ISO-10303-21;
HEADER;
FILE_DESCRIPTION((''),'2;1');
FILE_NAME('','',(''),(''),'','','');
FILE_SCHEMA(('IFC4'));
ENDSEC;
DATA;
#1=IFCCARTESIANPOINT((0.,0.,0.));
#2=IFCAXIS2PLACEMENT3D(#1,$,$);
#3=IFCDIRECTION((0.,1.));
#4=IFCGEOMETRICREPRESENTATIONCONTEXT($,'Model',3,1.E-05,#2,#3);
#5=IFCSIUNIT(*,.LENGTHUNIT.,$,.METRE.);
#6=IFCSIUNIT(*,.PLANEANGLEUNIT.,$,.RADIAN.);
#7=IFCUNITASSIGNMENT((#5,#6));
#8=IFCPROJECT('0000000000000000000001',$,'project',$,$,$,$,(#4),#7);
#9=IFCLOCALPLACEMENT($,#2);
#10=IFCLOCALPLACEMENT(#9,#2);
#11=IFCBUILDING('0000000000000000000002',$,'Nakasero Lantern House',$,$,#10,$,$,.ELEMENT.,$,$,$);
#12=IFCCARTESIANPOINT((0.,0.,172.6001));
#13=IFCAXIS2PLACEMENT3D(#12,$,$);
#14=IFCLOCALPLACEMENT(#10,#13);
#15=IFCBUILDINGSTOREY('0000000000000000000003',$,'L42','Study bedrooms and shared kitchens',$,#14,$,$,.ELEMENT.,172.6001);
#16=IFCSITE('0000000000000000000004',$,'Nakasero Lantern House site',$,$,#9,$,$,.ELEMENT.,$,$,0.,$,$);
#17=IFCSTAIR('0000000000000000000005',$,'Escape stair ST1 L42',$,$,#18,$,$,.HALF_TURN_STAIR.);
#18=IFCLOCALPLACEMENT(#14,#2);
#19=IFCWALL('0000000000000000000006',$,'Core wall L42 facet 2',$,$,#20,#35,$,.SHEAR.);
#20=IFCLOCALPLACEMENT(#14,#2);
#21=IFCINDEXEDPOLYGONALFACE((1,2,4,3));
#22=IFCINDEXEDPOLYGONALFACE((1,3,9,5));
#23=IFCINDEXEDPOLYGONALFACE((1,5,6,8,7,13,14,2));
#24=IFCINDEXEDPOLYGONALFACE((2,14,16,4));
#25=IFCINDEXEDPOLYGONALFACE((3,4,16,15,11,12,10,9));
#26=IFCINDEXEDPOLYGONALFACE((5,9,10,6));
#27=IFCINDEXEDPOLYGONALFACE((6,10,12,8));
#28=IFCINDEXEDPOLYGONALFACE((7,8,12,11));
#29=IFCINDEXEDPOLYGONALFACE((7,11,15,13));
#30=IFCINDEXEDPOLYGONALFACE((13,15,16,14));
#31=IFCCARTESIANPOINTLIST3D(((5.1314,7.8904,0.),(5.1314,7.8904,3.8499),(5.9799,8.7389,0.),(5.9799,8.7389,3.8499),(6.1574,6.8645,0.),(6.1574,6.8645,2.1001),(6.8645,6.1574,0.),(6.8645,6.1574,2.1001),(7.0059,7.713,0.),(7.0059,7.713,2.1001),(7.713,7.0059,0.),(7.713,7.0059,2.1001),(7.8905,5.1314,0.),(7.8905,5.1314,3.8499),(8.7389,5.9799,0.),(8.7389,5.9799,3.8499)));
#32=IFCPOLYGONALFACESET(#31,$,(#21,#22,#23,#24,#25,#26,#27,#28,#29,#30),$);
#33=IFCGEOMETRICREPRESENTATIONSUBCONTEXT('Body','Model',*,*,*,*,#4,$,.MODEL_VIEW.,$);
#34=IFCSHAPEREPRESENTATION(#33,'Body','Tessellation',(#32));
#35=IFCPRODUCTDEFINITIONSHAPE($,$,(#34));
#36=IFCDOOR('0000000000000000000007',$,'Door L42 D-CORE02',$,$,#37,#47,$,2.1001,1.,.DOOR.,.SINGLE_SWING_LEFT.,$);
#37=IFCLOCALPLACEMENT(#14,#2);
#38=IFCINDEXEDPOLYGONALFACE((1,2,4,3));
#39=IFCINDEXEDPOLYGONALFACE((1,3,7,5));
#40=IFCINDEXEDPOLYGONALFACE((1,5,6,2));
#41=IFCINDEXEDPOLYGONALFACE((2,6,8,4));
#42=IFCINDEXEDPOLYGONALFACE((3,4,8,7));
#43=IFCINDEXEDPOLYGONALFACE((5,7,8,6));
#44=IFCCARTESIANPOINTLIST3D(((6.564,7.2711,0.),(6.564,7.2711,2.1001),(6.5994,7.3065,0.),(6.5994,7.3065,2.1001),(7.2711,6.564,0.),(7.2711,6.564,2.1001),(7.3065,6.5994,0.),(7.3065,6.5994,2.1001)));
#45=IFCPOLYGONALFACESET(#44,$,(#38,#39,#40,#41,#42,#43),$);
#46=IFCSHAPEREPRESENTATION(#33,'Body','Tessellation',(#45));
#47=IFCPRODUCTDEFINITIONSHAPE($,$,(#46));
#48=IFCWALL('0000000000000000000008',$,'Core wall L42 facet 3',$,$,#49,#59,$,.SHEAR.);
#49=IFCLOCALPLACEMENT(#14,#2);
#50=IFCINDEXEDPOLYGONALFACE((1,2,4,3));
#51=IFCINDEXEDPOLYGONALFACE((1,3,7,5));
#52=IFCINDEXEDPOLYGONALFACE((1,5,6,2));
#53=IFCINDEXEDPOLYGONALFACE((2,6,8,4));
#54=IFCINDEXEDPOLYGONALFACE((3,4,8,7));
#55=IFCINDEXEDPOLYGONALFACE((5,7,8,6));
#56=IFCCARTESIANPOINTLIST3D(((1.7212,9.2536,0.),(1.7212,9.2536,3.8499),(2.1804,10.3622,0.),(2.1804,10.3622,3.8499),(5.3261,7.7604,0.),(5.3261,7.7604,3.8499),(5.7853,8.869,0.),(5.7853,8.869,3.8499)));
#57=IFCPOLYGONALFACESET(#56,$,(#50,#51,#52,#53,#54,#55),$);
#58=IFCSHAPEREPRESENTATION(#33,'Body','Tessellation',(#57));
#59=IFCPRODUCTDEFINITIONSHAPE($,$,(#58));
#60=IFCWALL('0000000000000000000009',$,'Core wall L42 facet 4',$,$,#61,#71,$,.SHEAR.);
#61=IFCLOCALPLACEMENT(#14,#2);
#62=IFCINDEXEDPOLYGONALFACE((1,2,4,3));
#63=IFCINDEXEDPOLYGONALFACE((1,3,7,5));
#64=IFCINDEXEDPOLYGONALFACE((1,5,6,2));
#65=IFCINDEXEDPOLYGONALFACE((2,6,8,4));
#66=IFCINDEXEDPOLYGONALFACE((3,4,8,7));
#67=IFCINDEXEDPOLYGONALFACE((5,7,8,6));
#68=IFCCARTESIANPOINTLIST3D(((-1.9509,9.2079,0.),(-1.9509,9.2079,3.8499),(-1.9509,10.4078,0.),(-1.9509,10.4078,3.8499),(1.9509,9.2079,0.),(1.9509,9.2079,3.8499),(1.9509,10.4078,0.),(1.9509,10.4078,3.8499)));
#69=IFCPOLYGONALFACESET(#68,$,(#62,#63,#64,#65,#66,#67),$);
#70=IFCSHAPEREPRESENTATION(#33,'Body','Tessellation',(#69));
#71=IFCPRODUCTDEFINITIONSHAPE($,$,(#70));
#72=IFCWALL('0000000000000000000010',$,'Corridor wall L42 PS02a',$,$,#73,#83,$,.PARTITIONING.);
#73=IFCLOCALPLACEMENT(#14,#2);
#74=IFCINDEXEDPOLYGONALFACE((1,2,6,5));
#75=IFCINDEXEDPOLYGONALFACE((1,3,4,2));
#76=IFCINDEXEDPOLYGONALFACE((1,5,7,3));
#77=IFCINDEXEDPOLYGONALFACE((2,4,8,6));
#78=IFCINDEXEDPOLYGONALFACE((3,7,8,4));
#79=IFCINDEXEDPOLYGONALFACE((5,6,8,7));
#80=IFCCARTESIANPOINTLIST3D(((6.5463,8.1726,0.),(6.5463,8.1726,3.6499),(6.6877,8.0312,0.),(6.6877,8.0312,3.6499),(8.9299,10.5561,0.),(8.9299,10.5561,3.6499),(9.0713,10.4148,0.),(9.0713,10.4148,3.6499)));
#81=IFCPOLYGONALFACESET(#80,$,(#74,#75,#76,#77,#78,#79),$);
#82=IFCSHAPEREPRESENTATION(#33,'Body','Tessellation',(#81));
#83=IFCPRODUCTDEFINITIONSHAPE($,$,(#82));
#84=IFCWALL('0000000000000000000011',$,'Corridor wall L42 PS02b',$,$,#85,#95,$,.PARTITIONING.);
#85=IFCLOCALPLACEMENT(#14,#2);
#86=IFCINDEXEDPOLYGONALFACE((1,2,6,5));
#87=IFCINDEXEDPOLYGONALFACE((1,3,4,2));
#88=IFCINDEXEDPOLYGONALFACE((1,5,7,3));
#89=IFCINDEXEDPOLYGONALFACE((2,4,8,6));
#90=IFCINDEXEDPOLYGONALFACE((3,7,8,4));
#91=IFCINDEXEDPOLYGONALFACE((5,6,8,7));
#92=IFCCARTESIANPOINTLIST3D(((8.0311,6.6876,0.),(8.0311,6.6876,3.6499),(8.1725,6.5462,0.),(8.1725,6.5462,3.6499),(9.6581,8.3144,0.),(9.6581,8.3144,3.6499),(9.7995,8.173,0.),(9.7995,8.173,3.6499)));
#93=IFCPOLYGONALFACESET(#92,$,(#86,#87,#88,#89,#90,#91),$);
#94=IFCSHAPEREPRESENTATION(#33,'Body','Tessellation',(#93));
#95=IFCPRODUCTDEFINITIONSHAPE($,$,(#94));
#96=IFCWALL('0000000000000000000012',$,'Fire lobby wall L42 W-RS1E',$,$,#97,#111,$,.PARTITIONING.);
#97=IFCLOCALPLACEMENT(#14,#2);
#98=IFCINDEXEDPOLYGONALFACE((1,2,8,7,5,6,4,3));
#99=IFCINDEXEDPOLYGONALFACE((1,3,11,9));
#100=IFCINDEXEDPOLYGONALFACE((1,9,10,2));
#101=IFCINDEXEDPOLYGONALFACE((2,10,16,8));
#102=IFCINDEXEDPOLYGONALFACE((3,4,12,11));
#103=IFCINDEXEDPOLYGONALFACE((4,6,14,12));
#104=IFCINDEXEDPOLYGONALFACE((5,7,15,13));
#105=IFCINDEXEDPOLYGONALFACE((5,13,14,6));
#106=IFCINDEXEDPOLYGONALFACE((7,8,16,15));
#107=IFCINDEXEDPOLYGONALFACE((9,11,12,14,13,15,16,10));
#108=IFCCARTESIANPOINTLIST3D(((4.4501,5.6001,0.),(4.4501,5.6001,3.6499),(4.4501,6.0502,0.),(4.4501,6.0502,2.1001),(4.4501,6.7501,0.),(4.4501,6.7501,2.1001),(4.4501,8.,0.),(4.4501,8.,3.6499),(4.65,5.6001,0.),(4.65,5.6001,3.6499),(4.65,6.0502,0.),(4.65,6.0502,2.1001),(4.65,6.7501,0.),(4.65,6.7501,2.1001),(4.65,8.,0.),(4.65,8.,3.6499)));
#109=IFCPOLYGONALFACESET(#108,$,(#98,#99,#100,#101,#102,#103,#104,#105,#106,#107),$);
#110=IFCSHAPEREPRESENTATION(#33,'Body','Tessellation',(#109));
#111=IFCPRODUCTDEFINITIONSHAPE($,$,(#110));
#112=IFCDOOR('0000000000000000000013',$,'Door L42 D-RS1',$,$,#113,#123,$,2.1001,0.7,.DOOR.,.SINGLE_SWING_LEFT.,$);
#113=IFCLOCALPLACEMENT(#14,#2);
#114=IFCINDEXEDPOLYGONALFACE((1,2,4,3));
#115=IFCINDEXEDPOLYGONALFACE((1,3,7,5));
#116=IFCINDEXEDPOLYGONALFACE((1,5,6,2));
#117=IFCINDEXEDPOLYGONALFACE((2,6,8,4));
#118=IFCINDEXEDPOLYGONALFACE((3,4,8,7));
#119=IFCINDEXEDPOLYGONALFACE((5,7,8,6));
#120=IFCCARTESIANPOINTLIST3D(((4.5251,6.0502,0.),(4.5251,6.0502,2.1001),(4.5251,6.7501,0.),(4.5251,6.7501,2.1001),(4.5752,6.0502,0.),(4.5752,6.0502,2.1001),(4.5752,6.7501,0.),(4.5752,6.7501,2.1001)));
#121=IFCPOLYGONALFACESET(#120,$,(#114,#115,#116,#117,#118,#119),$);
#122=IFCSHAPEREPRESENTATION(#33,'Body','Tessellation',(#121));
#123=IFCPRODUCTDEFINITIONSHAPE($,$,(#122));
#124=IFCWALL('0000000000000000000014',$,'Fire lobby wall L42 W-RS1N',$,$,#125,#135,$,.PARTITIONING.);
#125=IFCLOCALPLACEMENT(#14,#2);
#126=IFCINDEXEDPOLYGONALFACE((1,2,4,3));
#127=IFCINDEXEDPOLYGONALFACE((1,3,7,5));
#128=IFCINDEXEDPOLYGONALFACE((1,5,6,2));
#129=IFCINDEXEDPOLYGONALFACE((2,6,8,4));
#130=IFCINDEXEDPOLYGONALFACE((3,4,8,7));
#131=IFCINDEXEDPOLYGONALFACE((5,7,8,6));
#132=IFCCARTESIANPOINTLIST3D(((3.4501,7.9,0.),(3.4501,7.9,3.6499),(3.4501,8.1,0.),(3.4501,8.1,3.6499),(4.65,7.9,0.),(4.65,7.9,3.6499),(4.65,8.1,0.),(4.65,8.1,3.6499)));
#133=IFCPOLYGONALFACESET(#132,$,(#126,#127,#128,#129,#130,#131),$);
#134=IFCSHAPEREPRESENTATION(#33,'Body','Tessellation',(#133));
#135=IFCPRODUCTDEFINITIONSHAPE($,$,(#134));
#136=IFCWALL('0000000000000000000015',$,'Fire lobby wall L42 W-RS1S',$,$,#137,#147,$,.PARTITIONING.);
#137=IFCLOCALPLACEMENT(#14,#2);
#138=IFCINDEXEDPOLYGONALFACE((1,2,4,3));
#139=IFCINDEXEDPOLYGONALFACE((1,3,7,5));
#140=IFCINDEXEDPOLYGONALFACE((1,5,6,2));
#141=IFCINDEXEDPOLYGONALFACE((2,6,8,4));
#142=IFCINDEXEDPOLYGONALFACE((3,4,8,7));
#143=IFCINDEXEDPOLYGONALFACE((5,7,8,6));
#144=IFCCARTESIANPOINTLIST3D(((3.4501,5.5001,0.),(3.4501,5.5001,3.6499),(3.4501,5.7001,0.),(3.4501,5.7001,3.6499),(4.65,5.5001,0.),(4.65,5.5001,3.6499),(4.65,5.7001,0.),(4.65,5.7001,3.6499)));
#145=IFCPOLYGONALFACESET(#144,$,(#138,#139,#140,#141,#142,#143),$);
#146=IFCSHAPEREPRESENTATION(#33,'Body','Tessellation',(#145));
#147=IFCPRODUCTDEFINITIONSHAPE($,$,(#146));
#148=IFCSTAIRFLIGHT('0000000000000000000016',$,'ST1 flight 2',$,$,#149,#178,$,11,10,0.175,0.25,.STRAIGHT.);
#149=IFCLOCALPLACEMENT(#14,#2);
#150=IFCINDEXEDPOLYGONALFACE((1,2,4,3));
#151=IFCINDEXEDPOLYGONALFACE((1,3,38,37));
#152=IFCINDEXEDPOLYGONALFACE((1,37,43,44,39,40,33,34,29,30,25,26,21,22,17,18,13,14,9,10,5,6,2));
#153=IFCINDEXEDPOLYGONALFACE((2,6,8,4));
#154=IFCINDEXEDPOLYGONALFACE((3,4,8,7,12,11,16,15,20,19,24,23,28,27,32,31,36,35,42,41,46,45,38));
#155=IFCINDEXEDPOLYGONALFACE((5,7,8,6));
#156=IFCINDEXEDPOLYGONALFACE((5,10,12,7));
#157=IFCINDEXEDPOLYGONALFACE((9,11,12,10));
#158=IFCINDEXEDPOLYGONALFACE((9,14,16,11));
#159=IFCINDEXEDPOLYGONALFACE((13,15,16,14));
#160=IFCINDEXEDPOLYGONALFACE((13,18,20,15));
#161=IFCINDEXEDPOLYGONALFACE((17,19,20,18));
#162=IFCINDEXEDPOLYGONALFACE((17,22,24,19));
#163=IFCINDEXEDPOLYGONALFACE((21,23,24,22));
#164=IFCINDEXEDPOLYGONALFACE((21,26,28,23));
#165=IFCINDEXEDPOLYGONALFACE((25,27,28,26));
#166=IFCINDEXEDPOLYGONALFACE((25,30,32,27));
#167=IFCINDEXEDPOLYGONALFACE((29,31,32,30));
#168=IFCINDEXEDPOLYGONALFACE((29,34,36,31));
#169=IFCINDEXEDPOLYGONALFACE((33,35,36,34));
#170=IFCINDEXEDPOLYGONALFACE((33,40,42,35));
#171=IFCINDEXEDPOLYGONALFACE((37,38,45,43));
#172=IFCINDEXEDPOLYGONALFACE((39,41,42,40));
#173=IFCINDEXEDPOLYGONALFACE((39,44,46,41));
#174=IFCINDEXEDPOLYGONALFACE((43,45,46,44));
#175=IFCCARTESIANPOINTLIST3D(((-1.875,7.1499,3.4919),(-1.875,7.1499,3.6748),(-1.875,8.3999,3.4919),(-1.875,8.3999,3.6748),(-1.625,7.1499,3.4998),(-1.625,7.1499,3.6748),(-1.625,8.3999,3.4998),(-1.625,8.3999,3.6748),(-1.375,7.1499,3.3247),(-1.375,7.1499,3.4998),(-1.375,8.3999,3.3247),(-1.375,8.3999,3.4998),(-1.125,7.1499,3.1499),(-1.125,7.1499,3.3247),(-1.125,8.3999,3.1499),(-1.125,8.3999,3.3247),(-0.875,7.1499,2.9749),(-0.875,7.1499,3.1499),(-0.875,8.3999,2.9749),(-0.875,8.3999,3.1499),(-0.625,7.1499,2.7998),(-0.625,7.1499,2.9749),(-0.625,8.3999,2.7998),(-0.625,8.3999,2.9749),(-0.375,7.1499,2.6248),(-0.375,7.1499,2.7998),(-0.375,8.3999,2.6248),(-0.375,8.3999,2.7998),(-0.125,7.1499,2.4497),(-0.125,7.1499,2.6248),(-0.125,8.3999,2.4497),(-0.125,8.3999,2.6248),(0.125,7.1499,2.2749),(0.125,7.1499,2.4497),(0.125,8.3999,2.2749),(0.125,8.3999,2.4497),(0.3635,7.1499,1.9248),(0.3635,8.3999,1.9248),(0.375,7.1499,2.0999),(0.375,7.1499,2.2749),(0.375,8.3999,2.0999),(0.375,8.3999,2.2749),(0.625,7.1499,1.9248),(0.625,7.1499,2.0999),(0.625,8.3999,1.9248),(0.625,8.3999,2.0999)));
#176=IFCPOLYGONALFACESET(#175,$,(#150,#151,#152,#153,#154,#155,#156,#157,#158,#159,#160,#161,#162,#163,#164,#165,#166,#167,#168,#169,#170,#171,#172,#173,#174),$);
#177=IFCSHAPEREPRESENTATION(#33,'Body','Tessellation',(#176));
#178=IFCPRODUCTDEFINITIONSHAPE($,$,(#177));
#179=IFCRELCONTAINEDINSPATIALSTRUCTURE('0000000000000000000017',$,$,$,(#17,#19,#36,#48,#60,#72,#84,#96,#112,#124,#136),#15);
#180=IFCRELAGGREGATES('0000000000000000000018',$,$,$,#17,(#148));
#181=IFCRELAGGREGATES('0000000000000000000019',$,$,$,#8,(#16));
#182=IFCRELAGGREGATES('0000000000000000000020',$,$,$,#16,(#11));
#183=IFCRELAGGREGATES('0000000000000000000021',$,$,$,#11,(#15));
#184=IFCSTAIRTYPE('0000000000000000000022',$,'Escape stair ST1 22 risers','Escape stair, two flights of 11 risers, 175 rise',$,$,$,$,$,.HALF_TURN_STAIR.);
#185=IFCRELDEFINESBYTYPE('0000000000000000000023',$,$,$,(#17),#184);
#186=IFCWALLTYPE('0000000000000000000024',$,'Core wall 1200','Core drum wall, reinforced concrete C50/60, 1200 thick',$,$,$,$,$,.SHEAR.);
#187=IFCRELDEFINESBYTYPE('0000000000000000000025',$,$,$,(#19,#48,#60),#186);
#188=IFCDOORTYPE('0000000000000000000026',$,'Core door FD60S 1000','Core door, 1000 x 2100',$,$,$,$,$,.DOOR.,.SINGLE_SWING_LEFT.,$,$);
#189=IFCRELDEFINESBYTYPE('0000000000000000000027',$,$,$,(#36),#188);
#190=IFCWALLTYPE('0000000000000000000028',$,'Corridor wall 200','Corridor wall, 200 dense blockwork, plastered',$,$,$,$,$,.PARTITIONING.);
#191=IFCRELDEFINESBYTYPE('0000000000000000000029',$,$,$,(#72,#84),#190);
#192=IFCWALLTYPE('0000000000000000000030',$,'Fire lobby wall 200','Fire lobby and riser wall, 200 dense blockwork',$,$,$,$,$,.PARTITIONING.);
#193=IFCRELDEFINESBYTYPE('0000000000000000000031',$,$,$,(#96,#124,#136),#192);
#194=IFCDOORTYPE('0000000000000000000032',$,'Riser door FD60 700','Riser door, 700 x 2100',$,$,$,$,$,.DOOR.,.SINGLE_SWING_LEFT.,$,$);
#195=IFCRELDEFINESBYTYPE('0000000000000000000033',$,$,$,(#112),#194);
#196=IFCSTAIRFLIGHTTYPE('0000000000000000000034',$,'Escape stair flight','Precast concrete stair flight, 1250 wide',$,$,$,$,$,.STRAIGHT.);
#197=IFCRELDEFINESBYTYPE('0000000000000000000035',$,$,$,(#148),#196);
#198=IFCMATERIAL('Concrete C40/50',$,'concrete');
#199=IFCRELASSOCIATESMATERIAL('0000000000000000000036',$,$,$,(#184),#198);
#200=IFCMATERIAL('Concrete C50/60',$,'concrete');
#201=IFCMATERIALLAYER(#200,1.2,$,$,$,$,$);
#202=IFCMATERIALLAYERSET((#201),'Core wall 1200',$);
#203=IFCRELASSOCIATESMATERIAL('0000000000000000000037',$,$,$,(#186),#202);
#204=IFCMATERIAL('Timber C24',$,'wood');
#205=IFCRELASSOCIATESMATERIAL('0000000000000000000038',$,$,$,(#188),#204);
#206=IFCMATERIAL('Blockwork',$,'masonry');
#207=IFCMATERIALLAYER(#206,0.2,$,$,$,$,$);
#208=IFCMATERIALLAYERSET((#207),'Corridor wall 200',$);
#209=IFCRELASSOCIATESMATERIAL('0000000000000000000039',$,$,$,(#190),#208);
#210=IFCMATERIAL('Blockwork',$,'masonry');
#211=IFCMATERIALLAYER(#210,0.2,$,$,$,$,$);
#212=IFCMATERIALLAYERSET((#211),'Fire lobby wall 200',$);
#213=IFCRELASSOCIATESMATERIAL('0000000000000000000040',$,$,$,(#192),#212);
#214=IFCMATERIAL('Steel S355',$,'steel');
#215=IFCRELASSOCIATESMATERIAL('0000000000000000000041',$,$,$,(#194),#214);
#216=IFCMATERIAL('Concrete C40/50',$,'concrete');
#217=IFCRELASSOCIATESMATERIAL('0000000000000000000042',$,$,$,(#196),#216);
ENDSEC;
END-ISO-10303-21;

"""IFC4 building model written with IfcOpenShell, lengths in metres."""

from ifc_helpers import new_model, si_unit, direction, frame, frame_2d, origin, place, context, subcontext, project, spatial, polyline, rectangle, outline, extrude, material, layer, layer_set, type_object, element, fill, aggregate, save


model = new_model("IFC4")

# Units and contexts
model_context = context("Model", 3, precision=1e-05, world=origin(), true_north=direction((0.0, 1.0)))
body_context = subcontext(model_context, "Body", "Model", "MODEL_VIEW")
ifc_project = project(units=[si_unit("LENGTHUNIT", "METRE"), si_unit("PLANEANGLEUNIT", "RADIAN")], contexts=[model_context])

# Site, building, storey
site_placement = place(None, origin())
site = spatial("IfcSite", under=ifc_project, at=site_placement, Name="Nakasero Lantern House site", CompositionType="ELEMENT", RefElevation=0.0)
building_placement = place(site_placement, origin())
building = spatial("IfcBuilding", under=site, at=building_placement, Name="Nakasero Lantern House", CompositionType="ELEMENT")
storey_placement = place(building_placement, frame((0.0, 0.0, 172.6001)))
storey = spatial("IfcBuildingStorey", under=building, at=storey_placement, Name="L42", Description="Study bedrooms and shared kitchens", CompositionType="ELEMENT", Elevation=172.6001)

# Stair
ifc_material_1 = material(Name="Concrete C40/50", Category="concrete")
stair_type_1 = type_object("IfcStairType", Name="Escape stair ST1 22 risers", Description="Escape stair, two flights of 11 risers, 175 rise", PredefinedType="HALF_TURN_STAIR", material=ifc_material_1)
stair_1_placement = place(storey_placement, origin())
stair_1 = element("IfcStair", 1, at=stair_1_placement, inside=storey, type_object=stair_type_1, Name="Escape stair ST1 L42", PredefinedType="HALF_TURN_STAIR")

# Wall, opening, door
ifc_material_2 = material(Name="Concrete C50/60", Category="concrete")
ifc_layer_1 = layer(ifc_material_2, 1.2)
ifc_layer_set_1 = layer_set([ifc_layer_1], Name="Core wall 1200")
wall_type_1 = type_object("IfcWallType", Name="Core wall 1200", Description="Core drum wall, reinforced concrete C50/60, 1200 thick", PredefinedType="SHEAR", material=ifc_layer_set_1)
wall_1_placement = place(storey_placement, frame((8.3147, 5.5557, 0.0), z_axis=(0.0, 0.0, 1.0), x_axis=(-0.707107, 0.707107, 0.0)))
wall_1 = element("IfcWall", 2, at=wall_1_placement, inside=storey, type_object=wall_type_1, Name="Core wall L42 facet 2", PredefinedType="SHEAR", context=body_context, shape_type="SweptSolid", body=[
    extrude(rectangle(XDim=3.9019, YDim=1.2, at=frame_2d((1.9509, 0.0))), origin(), (0.0, 0.0, 1.0), 3.8499),
])
opening_1_placement = place(wall_1_placement, frame((1.4509, 0.0, 0.0)))
opening_1 = element("IfcOpeningElement", 3, at=opening_1_placement, cuts=wall_1, PredefinedType="OPENING", context=body_context, shape_type="SweptSolid", body=[
    extrude(rectangle(XDim=1.0, YDim=2.1001, at=frame_2d((0.5, 1.05))), frame((0.0, 0.6199, 0.0), z_axis=(0.0, -1.0, 0.0), x_axis=(1.0, 0.0, 0.0)), (0.0, 0.0, 1.0), 1.24),
])
ifc_material_3 = material(Name="Timber C24", Category="wood")
door_type_1 = type_object("IfcDoorType", Name="Core door FD60S 1000", Description="Core door, 1000 x 2100", OperationType="SINGLE_SWING_LEFT", PredefinedType="DOOR", material=ifc_material_3)
door_1_placement = place(opening_1_placement, origin())
door_1 = element("IfcDoor", 4, at=door_1_placement, inside=storey, type_object=door_type_1, Name="Door L42 D-CORE02", OperationType="SINGLE_SWING_LEFT", OverallHeight=2.1001, OverallWidth=1.0, PredefinedType="DOOR", context=body_context, shape_type="SweptSolid", body=[
    extrude(rectangle(XDim=1.0, YDim=2.1001, at=frame_2d((0.5, 1.05))), frame((0.0, 0.0249, 0.0), z_axis=(0.0, -1.0, 0.0), x_axis=(1.0, 0.0, 0.0)), (0.0, 0.0, 1.0), 0.05),
])
fill(opening_1, door_1)

# Walls
for number, where, z_axis, x_axis, name in (
    (5, (5.5557, 8.3147, 0.0), (0.0, 0.0, 1.0), (-0.923877, 0.382691, 0.0), "Core wall L42 facet 3"),
    (6, (1.9509, 9.8079, 0.0), (0.0, 0.0, 1.0), (-1.0, 0.0, 0.0), "Core wall L42 facet 4"),
):
    element("IfcWall", number, at=place(storey_placement, frame(where, z_axis=z_axis, x_axis=x_axis)), inside=storey, type_object=wall_type_1, Name=name, PredefinedType="SHEAR", context=body_context, shape_type="SweptSolid", body=[
        extrude(rectangle(XDim=3.9019, YDim=1.2, at=frame_2d((1.9509, 0.0))), origin(), (0.0, 0.0, 1.0), 3.8499),
    ])
ifc_material_4 = material(Name="Blockwork", Category="masonry")
ifc_layer_2 = layer(ifc_material_4, 0.2)
ifc_layer_set_2 = layer_set([ifc_layer_2], Name="Corridor wall 200")
wall_type_2 = type_object("IfcWallType", Name="Corridor wall 200", Description="Corridor wall, 200 dense blockwork, plastered", PredefinedType="PARTITIONING", material=ifc_layer_set_2)
wall_2_placement = place(storey_placement, frame((6.6169, 8.1018, 0.0), z_axis=(0.0, 0.0, 1.0), x_axis=(0.707107, 0.707107, 0.0)))
element("IfcWall", 7, at=wall_2_placement, inside=storey, type_object=wall_type_2, Name="Corridor wall L42 PS02a", PredefinedType="PARTITIONING", context=body_context, shape_type="SweptSolid", body=[
    extrude(rectangle(XDim=3.3708, YDim=0.2, at=frame_2d((1.6855, 0.0))), origin(), (0.0, 0.0, 1.0), 3.6499),
])
wall_3_placement = place(storey_placement, frame((8.1018, 6.6169, 0.0), z_axis=(0.0, 0.0, 1.0), x_axis=(0.70716, 0.707054, 0.0)))
element("IfcWall", 8, at=wall_3_placement, inside=storey, type_object=wall_type_2, Name="Corridor wall L42 PS02b", PredefinedType="PARTITIONING", context=body_context, shape_type="SweptSolid", body=[
    extrude(rectangle(XDim=2.3008, YDim=0.2, at=frame_2d((1.1504, 0.0))), origin(), (0.0, 0.0, 1.0), 3.6499),
])

# Wall, opening, door
ifc_material_5 = material(Name="Blockwork", Category="masonry")
ifc_layer_3 = layer(ifc_material_5, 0.2)
ifc_layer_set_3 = layer_set([ifc_layer_3], Name="Fire lobby wall 200")
wall_type_3 = type_object("IfcWallType", Name="Fire lobby wall 200", Description="Fire lobby and riser wall, 200 dense blockwork", PredefinedType="PARTITIONING", material=ifc_layer_set_3)
wall_4_placement = place(storey_placement, frame((4.55, 5.6001, 0.0), z_axis=(0.0, 0.0, 1.0), x_axis=(0.0, 1.0, 0.0)))
wall_4 = element("IfcWall", 9, at=wall_4_placement, inside=storey, type_object=wall_type_3, Name="Fire lobby wall L42 W-RS1E", PredefinedType="PARTITIONING", context=body_context, shape_type="SweptSolid", body=[
    extrude(rectangle(XDim=2.3999, YDim=0.2, at=frame_2d((1.2, 0.0))), origin(), (0.0, 0.0, 1.0), 3.6499),
])
opening_2_placement = place(wall_4_placement, frame((0.45, 0.0, 0.0)))
opening_2 = element("IfcOpeningElement", 10, at=opening_2_placement, cuts=wall_4, PredefinedType="OPENING", context=body_context, shape_type="SweptSolid", body=[
    extrude(rectangle(XDim=0.7, YDim=2.1001, at=frame_2d((0.3501, 1.05))), frame((0.0, 0.1199, 0.0), z_axis=(0.0, -1.0, 0.0), x_axis=(1.0, 0.0, 0.0)), (0.0, 0.0, 1.0), 0.24),
])
ifc_material_6 = material(Name="Steel S355", Category="steel")
door_type_2 = type_object("IfcDoorType", Name="Riser door FD60 700", Description="Riser door, 700 x 2100", OperationType="SINGLE_SWING_LEFT", PredefinedType="DOOR", material=ifc_material_6)
door_2_placement = place(opening_2_placement, origin())
door_2 = element("IfcDoor", 11, at=door_2_placement, inside=storey, type_object=door_type_2, Name="Door L42 D-RS1", OperationType="SINGLE_SWING_LEFT", OverallHeight=2.1001, OverallWidth=0.7, PredefinedType="DOOR", context=body_context, shape_type="SweptSolid", body=[
    extrude(rectangle(XDim=0.7, YDim=2.1001, at=frame_2d((0.3501, 1.05))), frame((0.0, 0.0249, 0.0), z_axis=(0.0, -1.0, 0.0), x_axis=(1.0, 0.0, 0.0)), (0.0, 0.0, 1.0), 0.05),
])
fill(opening_2, door_2)

# Walls
for number, where, z_axis, x_axis, name in (
    (12, (3.45, 8.0, 0.0), (0.0, 0.0, 1.0), (1.0, 0.0, 0.0), "Fire lobby wall L42 W-RS1N"),
    (13, (3.45, 5.6001, 0.0), (0.0, 0.0, 1.0), (1.0, 0.0, 0.0), "Fire lobby wall L42 W-RS1S"),
):
    element("IfcWall", number, at=place(storey_placement, frame(where, z_axis=z_axis, x_axis=x_axis)), inside=storey, type_object=wall_type_3, Name=name, PredefinedType="PARTITIONING", context=body_context, shape_type="SweptSolid", body=[
        extrude(rectangle(XDim=1.2, YDim=0.2, at=frame_2d((0.6001, 0.0))), origin(), (0.0, 0.0, 1.0), 3.6499),
    ])

# Stair flight
ifc_material_7 = material(Name="Concrete C40/50", Category="concrete")
stair_flight_type = type_object("IfcStairFlightType", Name="Escape stair flight", Description="Precast concrete stair flight, 1250 wide", PredefinedType="STRAIGHT", material=ifc_material_7)
stair_flight_placement = place(storey_placement, frame((0.625, 7.7749, 1.9248), z_axis=(0.0, 0.0, 1.0), x_axis=(-1.0, 0.0, 0.0)))
stair_flight = element("IfcStairFlight", 14, at=stair_flight_placement, type_object=stair_flight_type, Name="ST1 flight 2", NumberOfRisers=11, NumberOfTreads=10, PredefinedType="STRAIGHT", RiserHeight=0.175, TreadLength=0.25, context=body_context, shape_type="SweptSolid", body=[
    extrude(outline(polyline([(0.0, 0.0), (0.0, 0.175), (0.25, 0.175), (0.25, 0.3501), (0.5, 0.3501), (0.5, 0.5249), (0.75, 0.5249), (0.75, 0.7), (1.0, 0.7), (1.0, 0.875), (1.25, 0.875), (1.25, 1.05), (1.5, 1.05), (1.5, 1.2251), (1.75, 1.2251), (1.75, 1.3999), (2.0, 1.3999), (2.0, 1.575), (2.25, 1.575), (2.25, 1.75), (2.5, 1.75), (2.5, 1.925), (2.5, 1.5671), (0.2615, 0.0), (0.0, 0.0)])), frame((0.0, 0.625, 0.0), z_axis=(0.0, -1.0, 0.0), x_axis=(1.0, 0.0, 0.0)), (0.0, 0.0, 1.0), 1.25),
])
aggregate(stair_1, [stair_flight])

save(model, "model.ifc")
